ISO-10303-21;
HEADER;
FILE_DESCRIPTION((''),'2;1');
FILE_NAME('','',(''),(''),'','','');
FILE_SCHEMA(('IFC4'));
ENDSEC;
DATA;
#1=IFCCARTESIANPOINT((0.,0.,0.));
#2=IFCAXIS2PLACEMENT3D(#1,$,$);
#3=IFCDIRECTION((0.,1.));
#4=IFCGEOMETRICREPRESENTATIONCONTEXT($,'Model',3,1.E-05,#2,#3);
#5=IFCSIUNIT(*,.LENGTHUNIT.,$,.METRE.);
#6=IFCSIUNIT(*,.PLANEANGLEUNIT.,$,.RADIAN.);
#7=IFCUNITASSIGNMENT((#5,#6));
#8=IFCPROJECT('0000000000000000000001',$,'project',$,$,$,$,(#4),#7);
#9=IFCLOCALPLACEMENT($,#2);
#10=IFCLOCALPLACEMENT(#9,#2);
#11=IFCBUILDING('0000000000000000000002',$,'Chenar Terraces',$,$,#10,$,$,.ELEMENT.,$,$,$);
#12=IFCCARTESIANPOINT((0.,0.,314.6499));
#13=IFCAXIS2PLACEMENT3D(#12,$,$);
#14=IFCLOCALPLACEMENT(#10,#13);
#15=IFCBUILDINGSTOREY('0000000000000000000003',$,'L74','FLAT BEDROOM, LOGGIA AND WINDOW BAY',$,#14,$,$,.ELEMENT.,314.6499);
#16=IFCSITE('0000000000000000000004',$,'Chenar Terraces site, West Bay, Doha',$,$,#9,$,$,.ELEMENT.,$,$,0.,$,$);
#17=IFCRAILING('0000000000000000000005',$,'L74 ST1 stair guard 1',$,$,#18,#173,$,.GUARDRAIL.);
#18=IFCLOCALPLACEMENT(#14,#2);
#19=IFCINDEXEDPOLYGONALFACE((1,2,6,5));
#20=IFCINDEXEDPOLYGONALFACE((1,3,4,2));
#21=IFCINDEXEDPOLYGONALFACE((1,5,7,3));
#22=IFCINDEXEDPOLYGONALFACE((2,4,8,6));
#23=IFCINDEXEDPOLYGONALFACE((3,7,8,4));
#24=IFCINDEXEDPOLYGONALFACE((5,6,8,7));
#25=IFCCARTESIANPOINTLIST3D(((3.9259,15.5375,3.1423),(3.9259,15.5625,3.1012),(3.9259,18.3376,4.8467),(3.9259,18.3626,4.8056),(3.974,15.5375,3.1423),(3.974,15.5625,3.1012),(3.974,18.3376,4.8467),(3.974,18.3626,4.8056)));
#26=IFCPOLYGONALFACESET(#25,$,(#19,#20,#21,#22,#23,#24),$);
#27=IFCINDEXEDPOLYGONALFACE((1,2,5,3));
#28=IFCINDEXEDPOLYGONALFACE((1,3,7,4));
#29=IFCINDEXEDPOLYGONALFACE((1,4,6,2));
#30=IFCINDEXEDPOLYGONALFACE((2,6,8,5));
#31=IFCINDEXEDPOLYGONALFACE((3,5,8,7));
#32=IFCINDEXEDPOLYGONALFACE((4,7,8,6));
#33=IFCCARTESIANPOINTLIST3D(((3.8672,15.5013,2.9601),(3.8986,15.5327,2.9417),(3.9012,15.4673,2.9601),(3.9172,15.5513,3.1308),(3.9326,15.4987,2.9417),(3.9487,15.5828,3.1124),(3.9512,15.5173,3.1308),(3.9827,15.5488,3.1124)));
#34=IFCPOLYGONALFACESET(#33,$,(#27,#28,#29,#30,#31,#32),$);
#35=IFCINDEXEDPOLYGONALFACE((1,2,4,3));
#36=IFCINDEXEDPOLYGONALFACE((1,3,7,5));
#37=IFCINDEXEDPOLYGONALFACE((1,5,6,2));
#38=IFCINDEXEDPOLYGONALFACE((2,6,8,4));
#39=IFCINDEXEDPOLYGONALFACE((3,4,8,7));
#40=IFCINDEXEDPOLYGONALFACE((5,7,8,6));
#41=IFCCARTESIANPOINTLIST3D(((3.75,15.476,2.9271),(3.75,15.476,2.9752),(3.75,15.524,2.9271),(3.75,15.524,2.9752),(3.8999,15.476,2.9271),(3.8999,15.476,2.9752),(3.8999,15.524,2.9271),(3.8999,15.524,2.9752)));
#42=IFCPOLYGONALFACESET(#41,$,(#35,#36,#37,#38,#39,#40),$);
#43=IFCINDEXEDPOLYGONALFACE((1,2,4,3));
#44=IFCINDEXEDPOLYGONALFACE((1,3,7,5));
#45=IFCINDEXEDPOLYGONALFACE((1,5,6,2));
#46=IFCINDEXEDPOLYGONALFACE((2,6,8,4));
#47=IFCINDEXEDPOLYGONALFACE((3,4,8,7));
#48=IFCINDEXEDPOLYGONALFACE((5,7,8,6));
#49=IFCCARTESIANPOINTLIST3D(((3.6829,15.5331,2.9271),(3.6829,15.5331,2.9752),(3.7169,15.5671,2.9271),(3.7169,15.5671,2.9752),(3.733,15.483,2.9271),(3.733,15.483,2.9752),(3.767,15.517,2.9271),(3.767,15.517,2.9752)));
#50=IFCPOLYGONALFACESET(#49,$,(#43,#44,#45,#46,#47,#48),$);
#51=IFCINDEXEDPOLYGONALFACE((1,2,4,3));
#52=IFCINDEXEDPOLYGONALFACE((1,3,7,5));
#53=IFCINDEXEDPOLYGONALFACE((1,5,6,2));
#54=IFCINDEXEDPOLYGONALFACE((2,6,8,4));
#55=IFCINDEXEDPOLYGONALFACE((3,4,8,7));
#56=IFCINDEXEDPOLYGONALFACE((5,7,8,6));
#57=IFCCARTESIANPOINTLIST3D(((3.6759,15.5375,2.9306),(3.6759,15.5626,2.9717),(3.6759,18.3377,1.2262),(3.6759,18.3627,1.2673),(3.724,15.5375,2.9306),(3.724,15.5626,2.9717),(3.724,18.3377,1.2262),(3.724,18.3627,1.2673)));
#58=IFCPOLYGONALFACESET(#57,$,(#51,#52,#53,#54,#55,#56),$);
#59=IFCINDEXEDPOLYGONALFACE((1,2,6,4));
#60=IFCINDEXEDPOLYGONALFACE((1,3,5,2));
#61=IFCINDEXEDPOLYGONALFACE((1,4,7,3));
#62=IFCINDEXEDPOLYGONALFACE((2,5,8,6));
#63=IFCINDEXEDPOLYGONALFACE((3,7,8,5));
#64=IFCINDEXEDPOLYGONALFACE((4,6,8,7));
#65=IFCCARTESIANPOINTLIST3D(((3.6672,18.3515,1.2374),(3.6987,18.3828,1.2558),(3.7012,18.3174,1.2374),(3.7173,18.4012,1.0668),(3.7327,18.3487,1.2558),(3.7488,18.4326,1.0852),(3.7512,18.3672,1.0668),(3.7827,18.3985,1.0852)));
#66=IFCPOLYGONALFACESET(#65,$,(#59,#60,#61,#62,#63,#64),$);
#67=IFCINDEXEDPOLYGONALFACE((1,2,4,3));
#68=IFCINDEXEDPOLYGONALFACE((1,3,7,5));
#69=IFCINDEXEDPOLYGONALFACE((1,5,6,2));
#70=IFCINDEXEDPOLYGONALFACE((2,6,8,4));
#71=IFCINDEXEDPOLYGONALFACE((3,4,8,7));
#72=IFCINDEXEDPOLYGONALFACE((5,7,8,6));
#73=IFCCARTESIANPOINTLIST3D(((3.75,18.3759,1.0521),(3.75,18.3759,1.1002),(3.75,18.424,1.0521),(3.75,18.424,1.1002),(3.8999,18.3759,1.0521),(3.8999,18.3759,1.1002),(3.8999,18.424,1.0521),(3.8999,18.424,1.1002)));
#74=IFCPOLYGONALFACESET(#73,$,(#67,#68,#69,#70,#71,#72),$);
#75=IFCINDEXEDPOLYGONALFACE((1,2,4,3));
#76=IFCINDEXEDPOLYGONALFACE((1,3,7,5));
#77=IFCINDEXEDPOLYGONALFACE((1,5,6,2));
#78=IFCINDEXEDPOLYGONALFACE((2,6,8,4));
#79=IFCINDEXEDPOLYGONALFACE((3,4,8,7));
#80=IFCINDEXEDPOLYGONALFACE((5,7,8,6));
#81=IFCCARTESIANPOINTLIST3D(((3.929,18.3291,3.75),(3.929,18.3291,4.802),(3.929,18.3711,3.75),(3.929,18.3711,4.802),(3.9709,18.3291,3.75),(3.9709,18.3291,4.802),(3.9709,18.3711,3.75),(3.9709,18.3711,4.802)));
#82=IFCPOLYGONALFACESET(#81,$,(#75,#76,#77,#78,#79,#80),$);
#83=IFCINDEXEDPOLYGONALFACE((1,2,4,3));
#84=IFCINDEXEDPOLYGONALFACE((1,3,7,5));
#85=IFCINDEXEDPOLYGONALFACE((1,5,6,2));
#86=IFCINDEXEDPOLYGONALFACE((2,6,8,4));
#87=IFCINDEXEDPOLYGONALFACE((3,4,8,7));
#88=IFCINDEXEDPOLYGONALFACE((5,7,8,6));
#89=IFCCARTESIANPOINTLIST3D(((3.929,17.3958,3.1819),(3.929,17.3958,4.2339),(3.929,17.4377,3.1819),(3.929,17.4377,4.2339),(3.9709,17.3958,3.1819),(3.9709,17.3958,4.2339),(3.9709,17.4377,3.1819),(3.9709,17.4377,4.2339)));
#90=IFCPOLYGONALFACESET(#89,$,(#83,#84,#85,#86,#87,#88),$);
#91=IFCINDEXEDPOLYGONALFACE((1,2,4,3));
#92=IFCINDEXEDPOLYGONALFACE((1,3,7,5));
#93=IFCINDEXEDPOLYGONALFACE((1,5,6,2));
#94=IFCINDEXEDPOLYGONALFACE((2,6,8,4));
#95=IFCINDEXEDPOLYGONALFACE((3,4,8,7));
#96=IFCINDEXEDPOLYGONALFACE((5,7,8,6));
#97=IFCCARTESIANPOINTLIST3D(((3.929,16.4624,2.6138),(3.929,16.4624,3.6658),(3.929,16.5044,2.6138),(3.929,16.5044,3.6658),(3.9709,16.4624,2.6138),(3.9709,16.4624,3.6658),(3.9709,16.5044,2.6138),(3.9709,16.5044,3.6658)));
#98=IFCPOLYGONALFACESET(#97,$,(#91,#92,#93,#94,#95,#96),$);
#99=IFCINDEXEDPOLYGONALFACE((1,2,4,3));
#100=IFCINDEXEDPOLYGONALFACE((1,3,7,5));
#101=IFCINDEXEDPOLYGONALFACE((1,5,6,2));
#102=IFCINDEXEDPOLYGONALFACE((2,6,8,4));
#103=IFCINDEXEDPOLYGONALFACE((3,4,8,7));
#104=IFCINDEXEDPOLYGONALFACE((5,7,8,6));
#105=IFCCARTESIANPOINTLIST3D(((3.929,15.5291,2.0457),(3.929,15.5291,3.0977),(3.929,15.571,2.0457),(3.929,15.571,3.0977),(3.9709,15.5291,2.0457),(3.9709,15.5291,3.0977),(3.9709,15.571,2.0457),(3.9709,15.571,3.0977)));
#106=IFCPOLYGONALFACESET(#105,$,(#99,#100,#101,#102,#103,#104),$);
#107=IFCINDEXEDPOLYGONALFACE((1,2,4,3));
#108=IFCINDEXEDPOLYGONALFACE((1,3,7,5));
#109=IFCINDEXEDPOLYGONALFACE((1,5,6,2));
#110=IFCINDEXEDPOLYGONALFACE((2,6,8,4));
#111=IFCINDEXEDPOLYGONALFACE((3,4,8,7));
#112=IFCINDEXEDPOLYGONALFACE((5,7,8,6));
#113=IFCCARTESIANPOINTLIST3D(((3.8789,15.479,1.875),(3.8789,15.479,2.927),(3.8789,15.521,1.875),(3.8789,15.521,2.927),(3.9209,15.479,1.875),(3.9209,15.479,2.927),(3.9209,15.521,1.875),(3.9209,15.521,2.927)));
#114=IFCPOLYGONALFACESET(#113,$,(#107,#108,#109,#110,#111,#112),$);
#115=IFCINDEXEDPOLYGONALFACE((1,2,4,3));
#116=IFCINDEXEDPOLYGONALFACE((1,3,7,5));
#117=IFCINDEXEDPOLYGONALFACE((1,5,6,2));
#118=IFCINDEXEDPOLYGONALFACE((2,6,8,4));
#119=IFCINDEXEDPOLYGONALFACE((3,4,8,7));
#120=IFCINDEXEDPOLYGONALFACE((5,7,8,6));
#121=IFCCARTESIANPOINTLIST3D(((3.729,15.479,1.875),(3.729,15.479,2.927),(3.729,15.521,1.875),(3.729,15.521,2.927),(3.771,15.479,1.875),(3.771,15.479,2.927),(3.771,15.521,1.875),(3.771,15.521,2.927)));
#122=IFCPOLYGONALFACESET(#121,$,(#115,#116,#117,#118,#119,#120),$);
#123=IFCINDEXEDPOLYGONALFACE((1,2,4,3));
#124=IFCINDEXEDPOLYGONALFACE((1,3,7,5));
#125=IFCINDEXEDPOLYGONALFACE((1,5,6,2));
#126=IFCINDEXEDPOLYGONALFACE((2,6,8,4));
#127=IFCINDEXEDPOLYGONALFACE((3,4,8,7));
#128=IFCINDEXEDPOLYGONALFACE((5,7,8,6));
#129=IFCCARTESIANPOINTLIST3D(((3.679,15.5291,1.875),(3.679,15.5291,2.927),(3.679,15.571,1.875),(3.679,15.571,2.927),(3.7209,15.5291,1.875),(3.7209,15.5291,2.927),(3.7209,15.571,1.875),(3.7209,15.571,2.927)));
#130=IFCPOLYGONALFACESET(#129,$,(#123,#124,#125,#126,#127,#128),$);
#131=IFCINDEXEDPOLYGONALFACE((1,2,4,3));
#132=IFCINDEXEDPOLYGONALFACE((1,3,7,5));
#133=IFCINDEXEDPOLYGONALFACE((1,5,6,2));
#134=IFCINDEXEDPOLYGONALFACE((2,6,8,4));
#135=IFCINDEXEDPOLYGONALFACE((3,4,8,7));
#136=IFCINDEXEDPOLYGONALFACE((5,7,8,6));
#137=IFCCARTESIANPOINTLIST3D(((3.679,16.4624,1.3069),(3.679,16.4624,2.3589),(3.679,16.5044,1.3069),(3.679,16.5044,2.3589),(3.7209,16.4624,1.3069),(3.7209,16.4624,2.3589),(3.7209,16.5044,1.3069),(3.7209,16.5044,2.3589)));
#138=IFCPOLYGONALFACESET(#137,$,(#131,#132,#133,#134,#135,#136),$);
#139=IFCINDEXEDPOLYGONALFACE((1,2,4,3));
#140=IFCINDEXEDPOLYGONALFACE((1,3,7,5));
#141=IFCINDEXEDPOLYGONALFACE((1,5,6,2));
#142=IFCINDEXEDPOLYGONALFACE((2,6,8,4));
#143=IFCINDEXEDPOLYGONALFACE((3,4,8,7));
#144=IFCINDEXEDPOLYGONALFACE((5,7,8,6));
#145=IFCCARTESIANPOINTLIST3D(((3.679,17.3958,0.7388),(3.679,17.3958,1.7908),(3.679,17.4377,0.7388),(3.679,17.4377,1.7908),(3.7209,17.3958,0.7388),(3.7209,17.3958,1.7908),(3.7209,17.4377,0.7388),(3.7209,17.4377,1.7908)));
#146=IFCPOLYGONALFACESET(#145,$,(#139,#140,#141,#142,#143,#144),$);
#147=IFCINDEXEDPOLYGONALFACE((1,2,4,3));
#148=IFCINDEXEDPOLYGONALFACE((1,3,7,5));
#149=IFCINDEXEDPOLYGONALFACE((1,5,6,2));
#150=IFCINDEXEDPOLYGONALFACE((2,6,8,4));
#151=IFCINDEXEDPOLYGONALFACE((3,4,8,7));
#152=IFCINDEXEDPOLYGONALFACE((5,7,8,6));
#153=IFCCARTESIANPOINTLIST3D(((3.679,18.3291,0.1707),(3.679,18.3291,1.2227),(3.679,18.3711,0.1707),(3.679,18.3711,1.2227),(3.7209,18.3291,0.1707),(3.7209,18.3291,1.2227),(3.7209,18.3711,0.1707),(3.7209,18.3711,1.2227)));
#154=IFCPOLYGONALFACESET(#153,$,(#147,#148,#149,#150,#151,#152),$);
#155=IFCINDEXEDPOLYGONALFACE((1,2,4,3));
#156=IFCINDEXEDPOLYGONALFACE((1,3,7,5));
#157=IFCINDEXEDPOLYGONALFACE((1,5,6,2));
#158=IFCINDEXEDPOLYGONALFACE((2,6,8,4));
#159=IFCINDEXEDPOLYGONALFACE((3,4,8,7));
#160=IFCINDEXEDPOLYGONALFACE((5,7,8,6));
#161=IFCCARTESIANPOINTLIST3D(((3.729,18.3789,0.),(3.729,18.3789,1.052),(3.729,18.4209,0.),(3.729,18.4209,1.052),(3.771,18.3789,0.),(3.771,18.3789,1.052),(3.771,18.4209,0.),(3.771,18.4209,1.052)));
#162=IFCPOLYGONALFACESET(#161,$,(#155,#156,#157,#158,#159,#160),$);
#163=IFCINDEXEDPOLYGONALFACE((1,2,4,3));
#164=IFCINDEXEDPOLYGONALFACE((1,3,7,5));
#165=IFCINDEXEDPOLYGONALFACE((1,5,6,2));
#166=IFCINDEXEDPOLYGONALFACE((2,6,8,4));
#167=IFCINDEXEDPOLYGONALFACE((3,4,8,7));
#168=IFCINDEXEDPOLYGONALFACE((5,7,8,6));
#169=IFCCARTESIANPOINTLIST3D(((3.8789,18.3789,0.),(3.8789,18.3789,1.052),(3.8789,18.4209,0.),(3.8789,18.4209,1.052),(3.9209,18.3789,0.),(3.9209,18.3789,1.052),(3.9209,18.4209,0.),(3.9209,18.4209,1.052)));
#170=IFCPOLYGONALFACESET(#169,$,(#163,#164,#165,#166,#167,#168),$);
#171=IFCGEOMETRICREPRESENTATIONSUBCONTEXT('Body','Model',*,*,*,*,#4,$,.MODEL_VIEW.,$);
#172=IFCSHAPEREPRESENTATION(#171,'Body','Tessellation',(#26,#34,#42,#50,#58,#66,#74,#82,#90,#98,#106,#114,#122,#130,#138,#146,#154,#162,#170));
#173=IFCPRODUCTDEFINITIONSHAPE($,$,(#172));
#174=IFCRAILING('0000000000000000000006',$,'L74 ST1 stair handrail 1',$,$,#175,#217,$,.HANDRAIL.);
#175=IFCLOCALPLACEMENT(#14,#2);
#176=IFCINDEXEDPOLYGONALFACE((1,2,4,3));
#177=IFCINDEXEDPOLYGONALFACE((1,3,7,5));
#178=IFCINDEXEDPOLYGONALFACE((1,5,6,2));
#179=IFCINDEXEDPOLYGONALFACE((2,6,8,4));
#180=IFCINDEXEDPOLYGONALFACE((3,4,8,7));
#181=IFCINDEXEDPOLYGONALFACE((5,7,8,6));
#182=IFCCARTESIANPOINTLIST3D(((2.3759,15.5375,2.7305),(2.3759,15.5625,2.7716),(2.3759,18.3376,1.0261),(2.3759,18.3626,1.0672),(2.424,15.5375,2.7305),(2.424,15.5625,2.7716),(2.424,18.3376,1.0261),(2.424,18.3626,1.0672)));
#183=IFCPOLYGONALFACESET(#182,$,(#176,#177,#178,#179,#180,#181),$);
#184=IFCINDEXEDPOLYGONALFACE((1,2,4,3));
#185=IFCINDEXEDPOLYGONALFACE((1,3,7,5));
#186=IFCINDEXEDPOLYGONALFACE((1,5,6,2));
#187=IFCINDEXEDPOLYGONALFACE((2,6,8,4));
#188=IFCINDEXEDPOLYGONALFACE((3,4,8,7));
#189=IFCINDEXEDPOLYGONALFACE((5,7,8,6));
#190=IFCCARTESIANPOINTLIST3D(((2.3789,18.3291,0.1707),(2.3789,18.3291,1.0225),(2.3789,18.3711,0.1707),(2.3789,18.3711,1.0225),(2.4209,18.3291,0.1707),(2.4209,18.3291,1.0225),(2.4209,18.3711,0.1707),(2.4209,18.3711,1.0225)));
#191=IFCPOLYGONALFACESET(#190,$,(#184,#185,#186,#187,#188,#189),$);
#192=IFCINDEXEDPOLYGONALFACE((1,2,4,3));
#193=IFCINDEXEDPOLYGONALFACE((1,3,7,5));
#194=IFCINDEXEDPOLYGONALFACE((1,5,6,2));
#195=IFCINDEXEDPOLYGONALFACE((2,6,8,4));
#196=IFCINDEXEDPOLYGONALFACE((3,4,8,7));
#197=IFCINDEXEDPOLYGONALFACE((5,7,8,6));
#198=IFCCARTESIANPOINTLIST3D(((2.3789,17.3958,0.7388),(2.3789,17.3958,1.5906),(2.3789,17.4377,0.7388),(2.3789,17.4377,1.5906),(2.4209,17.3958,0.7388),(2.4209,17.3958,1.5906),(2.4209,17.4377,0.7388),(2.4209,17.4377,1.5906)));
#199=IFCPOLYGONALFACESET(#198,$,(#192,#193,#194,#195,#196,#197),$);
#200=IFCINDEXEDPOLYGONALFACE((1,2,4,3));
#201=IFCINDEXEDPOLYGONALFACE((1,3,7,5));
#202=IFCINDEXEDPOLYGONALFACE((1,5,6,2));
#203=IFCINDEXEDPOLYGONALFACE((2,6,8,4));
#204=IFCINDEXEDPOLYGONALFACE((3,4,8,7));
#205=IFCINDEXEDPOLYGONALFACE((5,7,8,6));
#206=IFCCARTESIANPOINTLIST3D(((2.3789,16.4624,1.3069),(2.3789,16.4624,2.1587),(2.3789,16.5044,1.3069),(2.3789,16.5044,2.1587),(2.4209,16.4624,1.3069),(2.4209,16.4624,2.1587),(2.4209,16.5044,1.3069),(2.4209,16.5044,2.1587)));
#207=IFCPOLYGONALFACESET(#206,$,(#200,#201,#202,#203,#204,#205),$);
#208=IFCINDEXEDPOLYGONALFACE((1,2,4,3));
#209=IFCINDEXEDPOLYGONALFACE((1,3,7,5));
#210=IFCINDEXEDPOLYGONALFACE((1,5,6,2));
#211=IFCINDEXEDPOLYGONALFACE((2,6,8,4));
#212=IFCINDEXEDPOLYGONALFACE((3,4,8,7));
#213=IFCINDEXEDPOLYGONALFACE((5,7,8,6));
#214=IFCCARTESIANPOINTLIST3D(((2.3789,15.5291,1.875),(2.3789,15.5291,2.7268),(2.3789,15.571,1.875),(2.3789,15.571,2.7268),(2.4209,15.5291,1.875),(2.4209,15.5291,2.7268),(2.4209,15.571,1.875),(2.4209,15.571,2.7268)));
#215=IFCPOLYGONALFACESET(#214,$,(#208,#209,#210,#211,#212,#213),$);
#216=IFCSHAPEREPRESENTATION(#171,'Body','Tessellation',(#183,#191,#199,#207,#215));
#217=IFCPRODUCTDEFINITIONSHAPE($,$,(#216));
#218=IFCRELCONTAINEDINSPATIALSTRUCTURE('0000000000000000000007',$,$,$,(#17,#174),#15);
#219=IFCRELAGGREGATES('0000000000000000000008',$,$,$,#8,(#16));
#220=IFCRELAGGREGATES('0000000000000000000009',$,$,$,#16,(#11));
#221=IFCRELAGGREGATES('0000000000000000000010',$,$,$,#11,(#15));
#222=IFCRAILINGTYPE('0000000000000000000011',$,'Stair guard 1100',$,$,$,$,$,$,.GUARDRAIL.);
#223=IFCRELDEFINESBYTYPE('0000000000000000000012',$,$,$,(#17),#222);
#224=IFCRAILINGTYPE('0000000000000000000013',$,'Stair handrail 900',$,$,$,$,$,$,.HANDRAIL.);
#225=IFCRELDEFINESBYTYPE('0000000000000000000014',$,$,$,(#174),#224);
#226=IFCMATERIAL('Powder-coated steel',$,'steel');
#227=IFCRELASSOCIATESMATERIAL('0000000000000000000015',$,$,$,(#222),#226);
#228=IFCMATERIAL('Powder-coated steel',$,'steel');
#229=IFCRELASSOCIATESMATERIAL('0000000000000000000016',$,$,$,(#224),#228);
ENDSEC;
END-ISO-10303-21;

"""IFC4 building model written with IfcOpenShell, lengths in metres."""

from ifc_helpers import new_model, si_unit, direction, frame, origin, origin_2d, place, context, subcontext, project, spatial, rectangle, extrude, material, type_object, element, save


model = new_model("IFC4")

# Units and contexts
model_context = context("Model", 3, precision=1e-05, world=origin(), true_north=direction((0.0, 1.0)))
body_context = subcontext(model_context, "Body", "Model", "MODEL_VIEW")
ifc_project = project(units=[si_unit("LENGTHUNIT", "METRE"), si_unit("PLANEANGLEUNIT", "RADIAN")], contexts=[model_context])

# Site, building, storey
site_placement = place(None, origin())
site = spatial("IfcSite", under=ifc_project, at=site_placement, Name="Chenar Terraces site, West Bay, Doha", CompositionType="ELEMENT", RefElevation=0.0)
building_placement = place(site_placement, origin())
building = spatial("IfcBuilding", under=site, at=building_placement, Name="Chenar Terraces", CompositionType="ELEMENT")
storey_placement = place(building_placement, frame((0.0, 0.0, 314.6499)))
storey = spatial("IfcBuildingStorey", under=building, at=storey_placement, Name="L74", Description="FLAT BEDROOM, LOGGIA AND WINDOW BAY", CompositionType="ELEMENT", Elevation=314.6499)

# Railings
ifc_material_1 = material(Name="Powder-coated steel", Category="steel")
railing_type_1 = type_object("IfcRailingType", Name="Stair guard 1100", PredefinedType="GUARDRAIL", material=ifc_material_1)
railing_1_placement = place(storey_placement, frame((3.95, 18.3501, 3.75)))
element("IfcRailing", 1, at=railing_1_placement, inside=storey, type_object=railing_type_1, Name="L74 ST1 stair guard 1", PredefinedType="GUARDRAIL", context=body_context, shape_type="SweptSolid", body=[
    extrude(rectangle(XDim=0.0481, YDim=0.0481, at=origin_2d()), frame((0.0, 0.0, 1.0762), z_axis=(0.0, -0.854203, -0.51994), x_axis=(1.0, 0.0, 0.0)), (0.0, 0.0, 1.0), 3.2781),
    extrude(rectangle(XDim=0.0481, YDim=0.0481, at=origin_2d()), frame((0.0, -2.8, -0.6284), z_axis=(-0.2709, -0.2709, -0.923703), x_axis=(0.707107, -0.707107, 0.0)), (0.0, 0.0, 1.0), 0.1848),
    extrude(rectangle(XDim=0.0481, YDim=0.0481, at=origin_2d()), frame((-0.05, -2.8501, -0.7988), z_axis=(-1.0, 0.0, 0.0), x_axis=(0.0, -1.0, 0.0)), (0.0, 0.0, 1.0), 0.1499),
    extrude(rectangle(XDim=0.0481, YDim=0.0481, at=origin_2d()), frame((-0.2, -2.8501, -0.7988), z_axis=(-0.707107, 0.707107, 0.0), x_axis=(-0.707107, -0.707107, 0.0)), (0.0, 0.0, 1.0), 0.0708),
    extrude(rectangle(XDim=0.0481, YDim=0.0481, at=origin_2d()), frame((-0.25, -2.8, -0.7988), z_axis=(0.0, 0.854203, -0.51994), x_axis=(-1.0, 0.0, 0.0)), (0.0, 0.0, 1.0), 3.2781),
    extrude(rectangle(XDim=0.0481, YDim=0.0481, at=origin_2d()), frame((-0.25, 0.0, -2.5034), z_axis=(0.270997, 0.269675, -0.924033), x_axis=(-0.705376, 0.708834, 0.0)), (0.0, 0.0, 1.0), 0.1846),
    extrude(rectangle(XDim=0.0481, YDim=0.0481, at=origin_2d()), frame((-0.2, 0.0498, -2.6738), z_axis=(1.0, 0.0, 0.0), x_axis=(0.0, 1.0, 0.0)), (0.0, 0.0, 1.0), 0.1499),
    extrude(rectangle(XDim=0.042, YDim=0.042, at=origin_2d()), origin(), (0.0, 0.0, 1.0), 1.052),
    extrude(rectangle(XDim=0.042, YDim=0.042, at=origin_2d()), frame((0.0, -0.9333, -0.5681)), (0.0, 0.0, 1.0), 1.052),
    extrude(rectangle(XDim=0.042, YDim=0.042, at=origin_2d()), frame((0.0, -1.8667, -1.1362)), (0.0, 0.0, 1.0), 1.052),
    extrude(rectangle(XDim=0.042, YDim=0.042, at=origin_2d()), frame((0.0, -2.8, -1.7043)), (0.0, 0.0, 1.0), 1.052),
    extrude(rectangle(XDim=0.042, YDim=0.042, at=origin_2d()), frame((-0.05, -2.8501, -1.875)), (0.0, 0.0, 1.0), 1.052),
    extrude(rectangle(XDim=0.042, YDim=0.042, at=origin_2d()), frame((-0.2, -2.8501, -1.875)), (0.0, 0.0, 1.0), 1.052),
    extrude(rectangle(XDim=0.042, YDim=0.042, at=origin_2d()), frame((-0.25, -2.8, -1.875)), (0.0, 0.0, 1.0), 1.052),
    extrude(rectangle(XDim=0.042, YDim=0.042, at=origin_2d()), frame((-0.25, -1.8667, -2.4431)), (0.0, 0.0, 1.0), 1.052),
    extrude(rectangle(XDim=0.042, YDim=0.042, at=origin_2d()), frame((-0.25, -0.9333, -3.0112)), (0.0, 0.0, 1.0), 1.052),
    extrude(rectangle(XDim=0.042, YDim=0.042, at=origin_2d()), frame((-0.25, 0.0, -3.5793)), (0.0, 0.0, 1.0), 1.052),
    extrude(rectangle(XDim=0.042, YDim=0.042, at=origin_2d()), frame((-0.2, 0.0498, -3.75)), (0.0, 0.0, 1.0), 1.052),
    extrude(rectangle(XDim=0.042, YDim=0.042, at=origin_2d()), frame((-0.05, 0.0498, -3.75)), (0.0, 0.0, 1.0), 1.052),
])
ifc_material_2 = material(Name="Powder-coated steel", Category="steel")
railing_type_2 = type_object("IfcRailingType", Name="Stair handrail 900", PredefinedType="HANDRAIL", material=ifc_material_2)
railing_2_placement = place(storey_placement, frame((2.3999, 18.3501, 0.1707)))
element("IfcRailing", 2, at=railing_2_placement, inside=storey, type_object=railing_type_2, Name="L74 ST1 stair handrail 1", PredefinedType="HANDRAIL", context=body_context, shape_type="SweptSolid", body=[
    extrude(rectangle(XDim=0.0481, YDim=0.0481, at=origin_2d()), frame((0.0, 0.0, 0.876), z_axis=(0.0, -0.854203, 0.51994), x_axis=(1.0, 0.0, 0.0)), (0.0, 0.0, 1.0), 3.2781),
    extrude(rectangle(XDim=0.042, YDim=0.042, at=origin_2d()), origin(), (0.0, 0.0, 1.0), 0.8518),
    extrude(rectangle(XDim=0.042, YDim=0.042, at=origin_2d()), frame((0.0, -0.9333, 0.5681)), (0.0, 0.0, 1.0), 0.8518),
    extrude(rectangle(XDim=0.042, YDim=0.042, at=origin_2d()), frame((0.0, -1.8667, 1.1362)), (0.0, 0.0, 1.0), 0.8518),
    extrude(rectangle(XDim=0.042, YDim=0.042, at=origin_2d()), frame((0.0, -2.8, 1.7043)), (0.0, 0.0, 1.0), 0.8518),
])

save(model, "model.ifc")
